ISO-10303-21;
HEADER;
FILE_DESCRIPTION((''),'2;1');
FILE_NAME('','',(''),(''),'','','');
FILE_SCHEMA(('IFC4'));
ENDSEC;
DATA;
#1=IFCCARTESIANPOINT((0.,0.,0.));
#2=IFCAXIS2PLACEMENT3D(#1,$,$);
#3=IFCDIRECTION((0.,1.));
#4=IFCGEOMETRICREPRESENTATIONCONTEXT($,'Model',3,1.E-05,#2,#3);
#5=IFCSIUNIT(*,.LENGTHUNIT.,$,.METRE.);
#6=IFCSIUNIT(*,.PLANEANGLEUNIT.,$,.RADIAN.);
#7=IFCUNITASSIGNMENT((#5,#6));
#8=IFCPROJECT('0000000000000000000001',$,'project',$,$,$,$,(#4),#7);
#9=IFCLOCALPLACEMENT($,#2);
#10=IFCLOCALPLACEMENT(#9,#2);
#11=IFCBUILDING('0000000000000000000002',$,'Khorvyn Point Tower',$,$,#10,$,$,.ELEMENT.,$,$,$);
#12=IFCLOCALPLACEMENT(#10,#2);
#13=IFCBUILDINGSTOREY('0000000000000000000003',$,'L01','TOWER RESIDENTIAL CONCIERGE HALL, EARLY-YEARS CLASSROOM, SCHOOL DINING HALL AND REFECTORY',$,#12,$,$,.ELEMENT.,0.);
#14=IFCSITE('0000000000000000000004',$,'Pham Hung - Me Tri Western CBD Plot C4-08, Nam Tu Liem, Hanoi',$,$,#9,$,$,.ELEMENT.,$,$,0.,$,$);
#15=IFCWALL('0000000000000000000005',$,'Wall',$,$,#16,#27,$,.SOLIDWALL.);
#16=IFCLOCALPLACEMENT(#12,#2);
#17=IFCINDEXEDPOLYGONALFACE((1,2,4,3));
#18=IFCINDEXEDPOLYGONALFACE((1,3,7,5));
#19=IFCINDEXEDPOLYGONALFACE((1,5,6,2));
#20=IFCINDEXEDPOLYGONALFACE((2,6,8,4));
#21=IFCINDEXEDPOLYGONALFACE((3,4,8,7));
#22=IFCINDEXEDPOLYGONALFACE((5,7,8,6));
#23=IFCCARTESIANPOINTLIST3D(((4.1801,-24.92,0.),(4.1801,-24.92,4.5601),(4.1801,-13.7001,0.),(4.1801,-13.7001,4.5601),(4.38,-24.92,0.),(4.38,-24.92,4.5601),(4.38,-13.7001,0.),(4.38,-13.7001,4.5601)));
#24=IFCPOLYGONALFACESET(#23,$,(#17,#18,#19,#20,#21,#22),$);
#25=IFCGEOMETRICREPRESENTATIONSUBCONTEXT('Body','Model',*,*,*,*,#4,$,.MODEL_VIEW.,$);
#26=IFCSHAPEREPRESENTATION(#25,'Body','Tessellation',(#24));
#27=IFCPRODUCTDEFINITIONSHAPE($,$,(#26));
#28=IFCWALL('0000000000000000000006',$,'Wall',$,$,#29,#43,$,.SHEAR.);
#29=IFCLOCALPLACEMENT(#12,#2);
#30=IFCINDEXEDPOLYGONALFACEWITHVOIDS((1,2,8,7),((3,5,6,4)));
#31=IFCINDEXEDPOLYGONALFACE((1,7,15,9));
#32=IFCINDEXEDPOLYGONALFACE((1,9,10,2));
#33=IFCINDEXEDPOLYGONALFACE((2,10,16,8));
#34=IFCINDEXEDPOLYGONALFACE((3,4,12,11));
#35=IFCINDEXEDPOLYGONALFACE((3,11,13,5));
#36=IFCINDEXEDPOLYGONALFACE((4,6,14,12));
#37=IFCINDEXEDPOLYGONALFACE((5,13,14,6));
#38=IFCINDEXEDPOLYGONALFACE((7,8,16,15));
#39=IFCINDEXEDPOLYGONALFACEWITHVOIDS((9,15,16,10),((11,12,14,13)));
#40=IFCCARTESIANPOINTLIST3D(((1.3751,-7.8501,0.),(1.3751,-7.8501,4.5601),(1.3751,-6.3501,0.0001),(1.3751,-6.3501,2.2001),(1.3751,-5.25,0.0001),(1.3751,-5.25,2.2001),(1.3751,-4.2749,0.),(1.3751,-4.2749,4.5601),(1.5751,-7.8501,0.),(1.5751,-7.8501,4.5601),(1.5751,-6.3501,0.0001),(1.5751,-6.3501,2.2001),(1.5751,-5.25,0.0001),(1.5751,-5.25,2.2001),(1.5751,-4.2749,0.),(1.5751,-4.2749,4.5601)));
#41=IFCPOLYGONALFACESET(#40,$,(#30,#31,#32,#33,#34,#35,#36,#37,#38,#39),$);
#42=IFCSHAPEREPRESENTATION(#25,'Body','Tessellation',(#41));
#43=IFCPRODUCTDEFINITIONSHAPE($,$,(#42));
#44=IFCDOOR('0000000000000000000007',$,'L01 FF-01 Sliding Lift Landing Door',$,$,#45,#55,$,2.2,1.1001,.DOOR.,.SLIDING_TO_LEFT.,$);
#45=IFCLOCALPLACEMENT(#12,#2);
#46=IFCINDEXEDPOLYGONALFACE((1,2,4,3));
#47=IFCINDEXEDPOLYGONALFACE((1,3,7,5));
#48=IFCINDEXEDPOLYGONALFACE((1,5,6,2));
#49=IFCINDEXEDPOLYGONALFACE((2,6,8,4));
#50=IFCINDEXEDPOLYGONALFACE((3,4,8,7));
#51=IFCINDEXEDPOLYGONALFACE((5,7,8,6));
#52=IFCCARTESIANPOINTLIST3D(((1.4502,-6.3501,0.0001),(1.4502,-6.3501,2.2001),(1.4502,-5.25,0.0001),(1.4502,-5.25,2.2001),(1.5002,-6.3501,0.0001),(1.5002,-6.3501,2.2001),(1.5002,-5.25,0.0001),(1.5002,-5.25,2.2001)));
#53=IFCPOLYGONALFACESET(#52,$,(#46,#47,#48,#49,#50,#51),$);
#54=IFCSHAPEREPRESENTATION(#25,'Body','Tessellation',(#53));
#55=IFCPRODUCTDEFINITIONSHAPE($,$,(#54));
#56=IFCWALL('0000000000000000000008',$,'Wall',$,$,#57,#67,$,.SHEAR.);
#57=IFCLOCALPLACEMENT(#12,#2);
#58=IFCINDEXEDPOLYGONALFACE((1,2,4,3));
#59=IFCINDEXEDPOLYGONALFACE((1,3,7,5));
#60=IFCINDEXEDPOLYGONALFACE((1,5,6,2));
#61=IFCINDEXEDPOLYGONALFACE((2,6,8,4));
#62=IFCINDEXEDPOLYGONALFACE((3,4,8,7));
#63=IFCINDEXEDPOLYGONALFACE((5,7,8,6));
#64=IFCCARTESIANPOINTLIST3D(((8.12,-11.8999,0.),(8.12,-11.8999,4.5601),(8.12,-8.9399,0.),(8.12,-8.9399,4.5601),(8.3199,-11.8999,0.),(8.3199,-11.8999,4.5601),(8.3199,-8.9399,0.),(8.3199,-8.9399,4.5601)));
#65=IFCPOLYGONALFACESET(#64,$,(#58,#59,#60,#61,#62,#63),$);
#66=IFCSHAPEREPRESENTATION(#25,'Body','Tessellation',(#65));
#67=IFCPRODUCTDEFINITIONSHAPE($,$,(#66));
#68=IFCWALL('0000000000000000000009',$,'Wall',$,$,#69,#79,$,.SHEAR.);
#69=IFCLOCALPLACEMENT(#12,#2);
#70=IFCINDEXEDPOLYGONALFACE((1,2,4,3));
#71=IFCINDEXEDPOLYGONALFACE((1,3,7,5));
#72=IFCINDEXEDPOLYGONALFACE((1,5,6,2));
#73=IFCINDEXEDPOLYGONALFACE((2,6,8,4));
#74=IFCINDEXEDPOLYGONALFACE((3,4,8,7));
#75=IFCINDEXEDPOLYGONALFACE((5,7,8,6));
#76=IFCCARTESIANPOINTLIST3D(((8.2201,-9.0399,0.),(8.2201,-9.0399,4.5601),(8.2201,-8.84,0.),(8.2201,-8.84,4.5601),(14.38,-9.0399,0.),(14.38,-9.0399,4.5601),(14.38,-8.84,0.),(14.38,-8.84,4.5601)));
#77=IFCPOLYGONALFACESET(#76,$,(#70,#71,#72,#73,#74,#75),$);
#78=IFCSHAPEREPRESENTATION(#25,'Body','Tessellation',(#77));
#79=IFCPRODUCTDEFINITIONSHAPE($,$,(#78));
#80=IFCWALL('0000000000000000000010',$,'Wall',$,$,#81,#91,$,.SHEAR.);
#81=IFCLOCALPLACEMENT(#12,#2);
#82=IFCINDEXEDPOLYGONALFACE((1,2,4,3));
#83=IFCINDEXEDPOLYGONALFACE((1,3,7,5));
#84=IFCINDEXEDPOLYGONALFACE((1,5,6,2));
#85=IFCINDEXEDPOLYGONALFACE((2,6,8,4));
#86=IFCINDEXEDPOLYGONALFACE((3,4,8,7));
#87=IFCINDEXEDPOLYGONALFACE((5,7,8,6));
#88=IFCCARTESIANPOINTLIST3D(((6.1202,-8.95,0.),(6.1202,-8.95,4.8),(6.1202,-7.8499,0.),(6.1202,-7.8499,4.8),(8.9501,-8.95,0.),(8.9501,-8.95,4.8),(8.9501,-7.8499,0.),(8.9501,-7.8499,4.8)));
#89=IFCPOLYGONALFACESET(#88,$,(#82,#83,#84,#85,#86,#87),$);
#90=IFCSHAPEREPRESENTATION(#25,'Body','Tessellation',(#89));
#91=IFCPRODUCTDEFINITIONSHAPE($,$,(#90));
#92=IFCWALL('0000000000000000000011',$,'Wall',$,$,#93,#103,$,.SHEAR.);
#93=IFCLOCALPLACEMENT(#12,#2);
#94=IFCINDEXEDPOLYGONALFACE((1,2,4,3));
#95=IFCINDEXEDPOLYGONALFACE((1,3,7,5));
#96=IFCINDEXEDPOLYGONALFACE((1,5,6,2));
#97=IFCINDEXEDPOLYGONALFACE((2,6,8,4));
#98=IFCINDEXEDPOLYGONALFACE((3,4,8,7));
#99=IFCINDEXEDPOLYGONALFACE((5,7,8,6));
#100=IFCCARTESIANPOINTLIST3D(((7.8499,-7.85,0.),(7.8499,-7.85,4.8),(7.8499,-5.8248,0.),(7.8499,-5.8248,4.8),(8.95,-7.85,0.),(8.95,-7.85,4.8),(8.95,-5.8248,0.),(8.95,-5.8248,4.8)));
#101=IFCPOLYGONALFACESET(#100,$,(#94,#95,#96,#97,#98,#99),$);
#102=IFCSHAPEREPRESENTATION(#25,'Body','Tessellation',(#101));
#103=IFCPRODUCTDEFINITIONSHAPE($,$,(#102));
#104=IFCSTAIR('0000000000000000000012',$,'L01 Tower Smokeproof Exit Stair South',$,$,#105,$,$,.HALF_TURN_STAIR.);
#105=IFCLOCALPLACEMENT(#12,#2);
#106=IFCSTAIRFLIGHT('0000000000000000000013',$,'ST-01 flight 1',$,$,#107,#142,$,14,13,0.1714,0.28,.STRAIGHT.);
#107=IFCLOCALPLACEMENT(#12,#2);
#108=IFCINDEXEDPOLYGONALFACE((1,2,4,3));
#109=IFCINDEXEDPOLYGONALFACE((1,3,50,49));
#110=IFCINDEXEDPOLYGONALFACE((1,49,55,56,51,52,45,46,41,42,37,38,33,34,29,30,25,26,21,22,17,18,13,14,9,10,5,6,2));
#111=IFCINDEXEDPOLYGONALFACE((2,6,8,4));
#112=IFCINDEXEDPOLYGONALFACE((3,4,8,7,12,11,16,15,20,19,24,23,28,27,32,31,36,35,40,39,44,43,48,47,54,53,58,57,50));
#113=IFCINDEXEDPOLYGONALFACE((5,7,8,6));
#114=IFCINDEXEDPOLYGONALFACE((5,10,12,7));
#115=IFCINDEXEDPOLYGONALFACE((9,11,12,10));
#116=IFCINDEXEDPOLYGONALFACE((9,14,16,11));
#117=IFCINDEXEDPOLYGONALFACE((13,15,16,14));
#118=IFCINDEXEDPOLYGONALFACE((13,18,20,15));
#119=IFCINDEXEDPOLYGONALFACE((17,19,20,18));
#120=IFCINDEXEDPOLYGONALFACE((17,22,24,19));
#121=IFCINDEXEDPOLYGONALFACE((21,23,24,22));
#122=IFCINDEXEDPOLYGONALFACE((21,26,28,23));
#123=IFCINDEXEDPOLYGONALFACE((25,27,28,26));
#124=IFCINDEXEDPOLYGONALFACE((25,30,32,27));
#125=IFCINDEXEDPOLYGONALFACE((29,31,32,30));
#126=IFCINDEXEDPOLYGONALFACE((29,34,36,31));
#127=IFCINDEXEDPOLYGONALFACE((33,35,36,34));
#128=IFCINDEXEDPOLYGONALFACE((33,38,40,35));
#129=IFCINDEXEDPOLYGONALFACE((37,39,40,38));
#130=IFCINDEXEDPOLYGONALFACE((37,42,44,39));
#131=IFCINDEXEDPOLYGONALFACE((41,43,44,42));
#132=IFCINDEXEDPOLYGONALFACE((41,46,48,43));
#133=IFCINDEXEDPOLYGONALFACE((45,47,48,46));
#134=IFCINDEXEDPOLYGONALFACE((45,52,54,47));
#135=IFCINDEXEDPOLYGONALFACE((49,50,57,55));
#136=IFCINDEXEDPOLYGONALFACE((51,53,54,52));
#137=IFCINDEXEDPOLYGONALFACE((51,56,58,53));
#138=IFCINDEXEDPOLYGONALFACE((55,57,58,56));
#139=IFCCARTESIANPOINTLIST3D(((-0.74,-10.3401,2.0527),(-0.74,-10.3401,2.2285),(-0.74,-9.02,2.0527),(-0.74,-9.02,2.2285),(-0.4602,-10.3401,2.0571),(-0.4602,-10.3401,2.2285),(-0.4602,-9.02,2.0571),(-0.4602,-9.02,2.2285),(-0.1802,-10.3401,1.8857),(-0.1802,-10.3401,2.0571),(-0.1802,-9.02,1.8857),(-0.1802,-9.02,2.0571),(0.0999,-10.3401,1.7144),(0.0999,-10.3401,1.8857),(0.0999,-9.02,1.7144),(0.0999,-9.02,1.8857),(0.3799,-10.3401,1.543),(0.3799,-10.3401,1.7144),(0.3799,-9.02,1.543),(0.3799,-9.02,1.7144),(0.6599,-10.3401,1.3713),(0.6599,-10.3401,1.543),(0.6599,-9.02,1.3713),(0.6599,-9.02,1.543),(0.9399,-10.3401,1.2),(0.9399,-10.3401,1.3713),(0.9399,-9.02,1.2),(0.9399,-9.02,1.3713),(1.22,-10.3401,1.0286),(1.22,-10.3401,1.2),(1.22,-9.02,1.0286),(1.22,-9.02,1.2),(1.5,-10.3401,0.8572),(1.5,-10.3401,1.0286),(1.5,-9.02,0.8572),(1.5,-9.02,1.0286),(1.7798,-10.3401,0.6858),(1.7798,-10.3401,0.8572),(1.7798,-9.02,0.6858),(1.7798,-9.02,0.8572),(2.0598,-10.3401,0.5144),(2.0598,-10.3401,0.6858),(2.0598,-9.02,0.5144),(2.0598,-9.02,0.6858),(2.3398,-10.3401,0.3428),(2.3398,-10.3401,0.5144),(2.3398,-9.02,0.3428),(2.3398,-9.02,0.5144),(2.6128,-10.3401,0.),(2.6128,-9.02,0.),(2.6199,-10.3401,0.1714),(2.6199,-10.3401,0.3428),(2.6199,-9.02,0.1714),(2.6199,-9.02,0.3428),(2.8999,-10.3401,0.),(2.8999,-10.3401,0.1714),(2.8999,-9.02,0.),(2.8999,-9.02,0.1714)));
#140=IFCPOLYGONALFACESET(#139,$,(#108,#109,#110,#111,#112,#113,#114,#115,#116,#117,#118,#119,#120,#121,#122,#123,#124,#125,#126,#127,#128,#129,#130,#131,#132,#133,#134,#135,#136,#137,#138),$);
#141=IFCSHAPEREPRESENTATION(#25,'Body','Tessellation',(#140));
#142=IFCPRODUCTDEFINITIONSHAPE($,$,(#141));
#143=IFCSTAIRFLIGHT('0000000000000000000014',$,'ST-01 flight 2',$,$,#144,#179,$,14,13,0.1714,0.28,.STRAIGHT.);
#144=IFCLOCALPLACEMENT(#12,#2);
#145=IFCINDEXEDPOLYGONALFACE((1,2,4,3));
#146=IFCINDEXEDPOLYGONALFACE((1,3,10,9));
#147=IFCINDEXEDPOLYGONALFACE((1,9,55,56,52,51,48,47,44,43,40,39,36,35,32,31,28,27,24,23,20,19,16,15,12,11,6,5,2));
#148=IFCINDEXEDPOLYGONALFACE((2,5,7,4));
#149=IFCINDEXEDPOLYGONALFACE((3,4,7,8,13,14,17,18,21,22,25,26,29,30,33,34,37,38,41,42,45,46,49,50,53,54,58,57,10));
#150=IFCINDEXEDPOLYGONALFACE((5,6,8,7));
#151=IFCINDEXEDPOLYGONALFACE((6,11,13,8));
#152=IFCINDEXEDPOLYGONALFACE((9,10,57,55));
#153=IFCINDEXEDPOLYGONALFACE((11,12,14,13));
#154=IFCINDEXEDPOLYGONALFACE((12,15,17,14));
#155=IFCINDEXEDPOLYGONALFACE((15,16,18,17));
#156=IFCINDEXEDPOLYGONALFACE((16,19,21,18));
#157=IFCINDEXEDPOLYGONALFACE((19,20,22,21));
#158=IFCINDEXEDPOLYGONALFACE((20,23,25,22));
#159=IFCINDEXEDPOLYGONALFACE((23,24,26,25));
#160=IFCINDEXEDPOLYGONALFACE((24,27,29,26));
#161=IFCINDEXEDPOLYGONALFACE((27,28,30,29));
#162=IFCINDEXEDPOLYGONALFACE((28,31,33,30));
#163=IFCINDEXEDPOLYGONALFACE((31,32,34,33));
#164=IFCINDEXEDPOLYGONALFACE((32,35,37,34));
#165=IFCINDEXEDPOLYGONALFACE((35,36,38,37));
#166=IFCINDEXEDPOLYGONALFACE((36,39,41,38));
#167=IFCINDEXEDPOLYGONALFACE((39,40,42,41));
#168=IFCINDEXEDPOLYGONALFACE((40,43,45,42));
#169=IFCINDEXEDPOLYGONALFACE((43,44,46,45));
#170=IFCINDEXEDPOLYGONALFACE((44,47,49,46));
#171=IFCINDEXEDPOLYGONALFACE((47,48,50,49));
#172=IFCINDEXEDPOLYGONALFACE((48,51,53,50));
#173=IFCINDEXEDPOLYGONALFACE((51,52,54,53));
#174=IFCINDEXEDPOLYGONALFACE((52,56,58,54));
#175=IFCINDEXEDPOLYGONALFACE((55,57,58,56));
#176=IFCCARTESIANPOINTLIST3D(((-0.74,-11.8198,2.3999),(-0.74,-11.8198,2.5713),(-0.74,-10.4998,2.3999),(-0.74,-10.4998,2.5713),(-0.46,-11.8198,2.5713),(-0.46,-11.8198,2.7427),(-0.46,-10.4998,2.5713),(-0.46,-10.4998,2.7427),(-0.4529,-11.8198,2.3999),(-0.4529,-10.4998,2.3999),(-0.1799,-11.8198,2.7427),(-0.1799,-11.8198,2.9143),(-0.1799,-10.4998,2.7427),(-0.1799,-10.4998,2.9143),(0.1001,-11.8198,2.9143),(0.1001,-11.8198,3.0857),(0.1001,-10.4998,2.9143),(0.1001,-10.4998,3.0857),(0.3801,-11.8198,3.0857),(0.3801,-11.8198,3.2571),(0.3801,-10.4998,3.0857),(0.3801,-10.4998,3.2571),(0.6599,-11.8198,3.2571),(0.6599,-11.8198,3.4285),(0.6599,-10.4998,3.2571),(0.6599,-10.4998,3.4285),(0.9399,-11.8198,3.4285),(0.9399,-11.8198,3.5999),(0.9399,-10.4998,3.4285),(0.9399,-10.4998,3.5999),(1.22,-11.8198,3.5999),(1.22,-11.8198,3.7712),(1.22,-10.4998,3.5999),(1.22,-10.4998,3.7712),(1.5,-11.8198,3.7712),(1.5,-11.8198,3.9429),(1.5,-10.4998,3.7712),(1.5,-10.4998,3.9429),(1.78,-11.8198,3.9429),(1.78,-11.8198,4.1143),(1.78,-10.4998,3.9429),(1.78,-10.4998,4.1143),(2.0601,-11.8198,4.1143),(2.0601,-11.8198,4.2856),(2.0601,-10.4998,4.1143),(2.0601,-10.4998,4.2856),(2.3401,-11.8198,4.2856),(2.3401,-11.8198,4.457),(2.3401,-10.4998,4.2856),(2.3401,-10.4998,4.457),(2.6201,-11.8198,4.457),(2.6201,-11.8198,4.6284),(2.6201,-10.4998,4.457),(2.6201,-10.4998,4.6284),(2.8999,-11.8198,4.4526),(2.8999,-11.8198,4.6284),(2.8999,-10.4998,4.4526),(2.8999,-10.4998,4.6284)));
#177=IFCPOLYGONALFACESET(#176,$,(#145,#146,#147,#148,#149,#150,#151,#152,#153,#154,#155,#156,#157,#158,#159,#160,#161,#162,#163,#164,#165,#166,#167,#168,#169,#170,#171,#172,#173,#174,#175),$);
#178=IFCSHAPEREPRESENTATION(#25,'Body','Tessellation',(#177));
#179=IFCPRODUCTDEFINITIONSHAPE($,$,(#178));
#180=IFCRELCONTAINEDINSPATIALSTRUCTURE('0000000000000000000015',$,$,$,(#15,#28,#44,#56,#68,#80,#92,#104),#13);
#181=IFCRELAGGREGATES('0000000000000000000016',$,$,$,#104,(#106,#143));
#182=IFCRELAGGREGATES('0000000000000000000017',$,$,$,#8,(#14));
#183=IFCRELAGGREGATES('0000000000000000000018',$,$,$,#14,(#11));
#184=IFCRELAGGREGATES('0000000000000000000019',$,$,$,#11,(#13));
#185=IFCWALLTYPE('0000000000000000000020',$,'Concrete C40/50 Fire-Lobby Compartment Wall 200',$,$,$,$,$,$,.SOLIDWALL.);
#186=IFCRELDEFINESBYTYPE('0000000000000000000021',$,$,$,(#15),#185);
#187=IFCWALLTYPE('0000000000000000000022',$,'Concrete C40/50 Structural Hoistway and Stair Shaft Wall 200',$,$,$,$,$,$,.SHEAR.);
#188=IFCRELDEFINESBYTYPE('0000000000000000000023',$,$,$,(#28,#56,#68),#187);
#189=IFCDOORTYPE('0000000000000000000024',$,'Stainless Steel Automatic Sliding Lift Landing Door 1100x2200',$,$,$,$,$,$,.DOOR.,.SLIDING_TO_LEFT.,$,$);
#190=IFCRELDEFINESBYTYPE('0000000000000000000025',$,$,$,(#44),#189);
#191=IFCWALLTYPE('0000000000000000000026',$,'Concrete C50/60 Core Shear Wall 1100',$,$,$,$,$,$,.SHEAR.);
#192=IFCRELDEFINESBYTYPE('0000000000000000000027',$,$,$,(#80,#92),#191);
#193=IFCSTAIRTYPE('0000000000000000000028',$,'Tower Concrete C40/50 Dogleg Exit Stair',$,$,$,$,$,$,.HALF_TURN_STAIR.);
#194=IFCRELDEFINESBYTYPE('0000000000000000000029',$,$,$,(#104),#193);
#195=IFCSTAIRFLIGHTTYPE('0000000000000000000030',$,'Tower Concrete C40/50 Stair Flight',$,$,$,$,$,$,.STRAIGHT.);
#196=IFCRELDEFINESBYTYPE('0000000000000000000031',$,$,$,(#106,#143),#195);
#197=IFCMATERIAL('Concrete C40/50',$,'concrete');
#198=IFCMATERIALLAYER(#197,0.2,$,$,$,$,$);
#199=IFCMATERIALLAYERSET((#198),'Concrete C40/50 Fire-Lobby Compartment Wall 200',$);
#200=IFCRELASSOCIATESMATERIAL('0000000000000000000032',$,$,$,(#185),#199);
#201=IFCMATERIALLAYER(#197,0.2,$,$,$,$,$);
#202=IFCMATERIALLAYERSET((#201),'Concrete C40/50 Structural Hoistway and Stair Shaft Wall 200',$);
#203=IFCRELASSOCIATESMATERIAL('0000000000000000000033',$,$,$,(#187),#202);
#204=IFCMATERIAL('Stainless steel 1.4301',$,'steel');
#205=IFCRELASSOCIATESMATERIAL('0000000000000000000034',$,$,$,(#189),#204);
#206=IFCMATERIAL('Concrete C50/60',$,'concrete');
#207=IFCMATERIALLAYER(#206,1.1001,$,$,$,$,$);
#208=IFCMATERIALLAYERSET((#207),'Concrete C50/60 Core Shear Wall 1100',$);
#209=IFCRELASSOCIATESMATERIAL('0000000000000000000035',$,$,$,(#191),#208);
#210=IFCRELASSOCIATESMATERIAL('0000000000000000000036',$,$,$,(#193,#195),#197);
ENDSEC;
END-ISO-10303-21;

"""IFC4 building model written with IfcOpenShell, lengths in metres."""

from ifc_helpers import new_model, si_unit, direction, frame, frame_2d, origin, place, context, subcontext, project, spatial, polyline, rectangle, outline, extrude, material, layer, layer_set, type_object, element, fill, aggregate, save


model = new_model("IFC4")

# Units and contexts
model_context = context("Model", 3, precision=1e-05, world=origin(), true_north=direction((0.0, 1.0)))
body_context = subcontext(model_context, "Body", "Model", "MODEL_VIEW")
ifc_project = project(units=[si_unit("LENGTHUNIT", "METRE"), si_unit("PLANEANGLEUNIT", "RADIAN")], contexts=[model_context])

# Site, building, storey
site_placement = place(None, origin())
site = spatial("IfcSite", under=ifc_project, at=site_placement, Name="Pham Hung - Me Tri Western CBD Plot C4-08, Nam Tu Liem, Hanoi", CompositionType="ELEMENT", RefElevation=0.0)
building_placement = place(site_placement, origin())
building = spatial("IfcBuilding", under=site, at=building_placement, Name="Khorvyn Point Tower", CompositionType="ELEMENT")
storey_placement = place(building_placement, origin())
storey = spatial("IfcBuildingStorey", under=building, at=storey_placement, Name="L01", Description="TOWER RESIDENTIAL CONCIERGE HALL, EARLY-YEARS CLASSROOM, SCHOOL DINING HALL AND REFECTORY", CompositionType="ELEMENT", Elevation=0.0)

# Shared definitions
ifc_material_1 = material(Name="Concrete C40/50", Category="concrete")
ifc_material_2 = material(Name="Concrete C50/60", Category="concrete")

# Shared definitions
ifc_layer_1 = layer(ifc_material_1, 0.2)
ifc_layer_set_1 = layer_set([ifc_layer_1], Name="Concrete C40/50 Fire-Lobby Compartment Wall 200")
wall_type_1 = type_object("IfcWallType", Name="Concrete C40/50 Fire-Lobby Compartment Wall 200", PredefinedType="SOLIDWALL", material=ifc_layer_set_1)

# Wall
wall_1_placement = place(storey_placement, frame((4.28, -24.9199, 0.0), z_axis=(0.0, 0.0, 1.0), x_axis=(0.0, 1.0, 0.0)))
element("IfcWall", 1, at=wall_1_placement, inside=storey, type_object=wall_type_1, Name="Wall", PredefinedType="SOLIDWALL", context=body_context, shape_type="SweptSolid", body=[
    extrude(rectangle(XDim=11.22, YDim=0.2, at=frame_2d((5.6099, 0.0))), origin(), (0.0, 0.0, 1.0), 4.5601),
])

# Wall, opening, door
ifc_layer_2 = layer(ifc_material_1, 0.2)
ifc_layer_set_2 = layer_set([ifc_layer_2], Name="Concrete C40/50 Structural Hoistway and Stair Shaft Wall 200")
wall_type_2 = type_object("IfcWallType", Name="Concrete C40/50 Structural Hoistway and Stair Shaft Wall 200", PredefinedType="SHEAR", material=ifc_layer_set_2)
wall_2_placement = place(storey_placement, frame((1.4751, -7.8501, 0.0), z_axis=(0.0, 0.0, 1.0), x_axis=(0.0, 1.0, 0.0)))
wall_2 = element("IfcWall", 2, at=wall_2_placement, inside=storey, type_object=wall_type_2, Name="Wall", PredefinedType="SHEAR", context=body_context, shape_type="SweptSolid", body=[
    extrude(rectangle(XDim=3.5752, YDim=0.2, at=frame_2d((1.7876, 0.0))), origin(), (0.0, 0.0, 1.0), 4.5601),
])
opening_1_placement = place(wall_2_placement, frame((1.5, 0.0, 0.0)))
opening_1 = element("IfcOpeningElement", 3, at=opening_1_placement, cuts=wall_2, PredefinedType="OPENING", context=body_context, shape_type="SweptSolid", body=[
    extrude(rectangle(XDim=1.1001, YDim=2.2, at=frame_2d((0.55, 1.1001))), frame((0.0, 0.1099, 0.0), z_axis=(0.0, -1.0, 0.0), x_axis=(1.0, 0.0, 0.0)), (0.0, 0.0, 1.0), 0.22),
])
ifc_material_3 = material(Name="Stainless steel 1.4301", Category="steel")
door_type_1 = type_object("IfcDoorType", Name="Stainless Steel Automatic Sliding Lift Landing Door 1100x2200", OperationType="SLIDING_TO_LEFT", PredefinedType="DOOR", material=ifc_material_3)
door_1_placement = place(opening_1_placement, origin())
door_1 = element("IfcDoor", 4, at=door_1_placement, inside=storey, type_object=door_type_1, Name="L01 FF-01 Sliding Lift Landing Door", OperationType="SLIDING_TO_LEFT", OverallHeight=2.2, OverallWidth=1.1001, PredefinedType="DOOR", context=body_context, shape_type="SweptSolid", body=[
    extrude(rectangle(XDim=1.1001, YDim=2.2, at=frame_2d((0.55, 1.1001))), frame((0.0, 0.0249, 0.0), z_axis=(0.0, -1.0, 0.0), x_axis=(1.0, 0.0, 0.0)), (0.0, 0.0, 1.0), 0.05),
])
fill(opening_1, door_1)

# Walls
wall_3_placement = place(storey_placement, frame((8.22, -11.8999, 0.0), z_axis=(0.0, 0.0, 1.0), x_axis=(0.0, 1.0, 0.0)))
element("IfcWall", 5, at=wall_3_placement, inside=storey, type_object=wall_type_2, Name="Wall", PredefinedType="SHEAR", context=body_context, shape_type="SweptSolid", body=[
    extrude(rectangle(XDim=2.96, YDim=0.2, at=frame_2d((1.48, 0.0))), origin(), (0.0, 0.0, 1.0), 4.5601),
])
wall_4_placement = place(storey_placement, frame((8.22, -8.9399, 0.0), z_axis=(0.0, 0.0, 1.0), x_axis=(1.0, 0.0, 0.0)))
element("IfcWall", 6, at=wall_4_placement, inside=storey, type_object=wall_type_2, Name="Wall", PredefinedType="SHEAR", context=body_context, shape_type="SweptSolid", body=[
    extrude(rectangle(XDim=6.1599, YDim=0.2, at=frame_2d((3.0801, 0.0))), origin(), (0.0, 0.0, 1.0), 4.5601),
])
ifc_layer_3 = layer(ifc_material_2, 1.1001)
ifc_layer_set_3 = layer_set([ifc_layer_3], Name="Concrete C50/60 Core Shear Wall 1100")
wall_type_3 = type_object("IfcWallType", Name="Concrete C50/60 Core Shear Wall 1100", PredefinedType="SHEAR", material=ifc_layer_set_3)
wall_5_placement = place(storey_placement, frame((6.1201, -8.3999, 0.0), z_axis=(0.0, 0.0, 1.0), x_axis=(1.0, 0.0, 0.0)))
element("IfcWall", 7, at=wall_5_placement, inside=storey, type_object=wall_type_3, Name="Wall", PredefinedType="SHEAR", context=body_context, shape_type="SweptSolid", body=[
    extrude(rectangle(XDim=2.8298, YDim=1.1001, at=frame_2d((1.415, 0.0))), origin(), (0.0, 0.0, 1.0), 4.8),
])
wall_6_placement = place(storey_placement, frame((8.3999, -7.8501, 0.0), z_axis=(0.0, 0.0, 1.0), x_axis=(0.0, 1.0, 0.0)))
element("IfcWall", 8, at=wall_6_placement, inside=storey, type_object=wall_type_3, Name="Wall", PredefinedType="SHEAR", context=body_context, shape_type="SweptSolid", body=[
    extrude(rectangle(XDim=2.0251, YDim=1.1001, at=frame_2d((1.0127, 0.0))), origin(), (0.0, 0.0, 1.0), 4.8),
])

# Stair, stair flights
stair_type = type_object("IfcStairType", Name="Tower Concrete C40/50 Dogleg Exit Stair", PredefinedType="HALF_TURN_STAIR", material=ifc_material_1)
stair_placement = place(storey_placement, origin())
stair = element("IfcStair", 9, at=stair_placement, inside=storey, type_object=stair_type, Name="L01 Tower Smokeproof Exit Stair South", PredefinedType="HALF_TURN_STAIR")
stair_flight_type = type_object("IfcStairFlightType", Name="Tower Concrete C40/50 Stair Flight", PredefinedType="STRAIGHT", material=ifc_material_1)
stair_flight_1_placement = place(storey_placement, frame((2.8999, -9.6799, 0.0), z_axis=(0.0, 0.0, 1.0), x_axis=(-1.0, 0.0, 0.0)))
stair_flight_1 = element("IfcStairFlight", 10, at=stair_flight_1_placement, type_object=stair_flight_type, Name="ST-01 flight 1", NumberOfRisers=14, NumberOfTreads=13, PredefinedType="STRAIGHT", RiserHeight=0.1714, TreadLength=0.28, context=body_context, shape_type="SweptSolid", body=[
    extrude(outline(polyline([(0.0, 0.0), (0.0, 0.1714), (0.28, 0.1714), (0.28, 0.3428), (0.5601, 0.3428), (0.5601, 0.5144), (0.8401, 0.5144), (0.8401, 0.6858), (1.1201, 0.6858), (1.1201, 0.8572), (1.3999, 0.8572), (1.3999, 1.0286), (1.6799, 1.0286), (1.6799, 1.2), (1.96, 1.2), (1.96, 1.3713), (2.24, 1.3713), (2.24, 1.543), (2.52, 1.543), (2.52, 1.7144), (2.8, 1.7144), (2.8, 1.8857), (3.0801, 1.8857), (3.0801, 2.0571), (3.3601, 2.0571), (3.3601, 2.2285), (3.6399, 2.2285), (3.6399, 2.3999), (3.6399, 2.0527), (0.2871, 0.0), (0.0, 0.0)])), frame((0.0, 0.6602, 0.0), z_axis=(0.0, -1.0, 0.0), x_axis=(1.0, 0.0, 0.0)), (0.0, 0.0, 1.0), 1.3201),
])
stair_flight_2_placement = place(storey_placement, frame((-0.74, -11.1599, 2.3999), z_axis=(0.0, 0.0, 1.0), x_axis=(1.0, 0.0, 0.0)))
stair_flight_2 = element("IfcStairFlight", 11, at=stair_flight_2_placement, type_object=stair_flight_type, Name="ST-01 flight 2", NumberOfRisers=14, NumberOfTreads=13, PredefinedType="STRAIGHT", RiserHeight=0.1714, TreadLength=0.28, context=body_context, shape_type="SweptSolid", body=[
    extrude(outline(polyline([(0.0, 0.0), (0.0, 0.1714), (0.28, 0.1714), (0.28, 0.3428), (0.5601, 0.3428), (0.5601, 0.5144), (0.8401, 0.5144), (0.8401, 0.6858), (1.1201, 0.6858), (1.1201, 0.8572), (1.3999, 0.8572), (1.3999, 1.0286), (1.6799, 1.0286), (1.6799, 1.2), (1.96, 1.2), (1.96, 1.3713), (2.24, 1.3713), (2.24, 1.543), (2.52, 1.543), (2.52, 1.7144), (2.8, 1.7144), (2.8, 1.8857), (3.0801, 1.8857), (3.0801, 2.0571), (3.3601, 2.0571), (3.3601, 2.2285), (3.6399, 2.2285), (3.6399, 2.3999), (3.6399, 2.0527), (0.2871, 0.0), (0.0, 0.0)])), frame((0.0, 0.6602, 0.0), z_axis=(0.0, -1.0, 0.0), x_axis=(1.0, 0.0, 0.0)), (0.0, 0.0, 1.0), 1.3201),
])
aggregate(stair, [stair_flight_1, stair_flight_2])

save(model, "model.ifc")
